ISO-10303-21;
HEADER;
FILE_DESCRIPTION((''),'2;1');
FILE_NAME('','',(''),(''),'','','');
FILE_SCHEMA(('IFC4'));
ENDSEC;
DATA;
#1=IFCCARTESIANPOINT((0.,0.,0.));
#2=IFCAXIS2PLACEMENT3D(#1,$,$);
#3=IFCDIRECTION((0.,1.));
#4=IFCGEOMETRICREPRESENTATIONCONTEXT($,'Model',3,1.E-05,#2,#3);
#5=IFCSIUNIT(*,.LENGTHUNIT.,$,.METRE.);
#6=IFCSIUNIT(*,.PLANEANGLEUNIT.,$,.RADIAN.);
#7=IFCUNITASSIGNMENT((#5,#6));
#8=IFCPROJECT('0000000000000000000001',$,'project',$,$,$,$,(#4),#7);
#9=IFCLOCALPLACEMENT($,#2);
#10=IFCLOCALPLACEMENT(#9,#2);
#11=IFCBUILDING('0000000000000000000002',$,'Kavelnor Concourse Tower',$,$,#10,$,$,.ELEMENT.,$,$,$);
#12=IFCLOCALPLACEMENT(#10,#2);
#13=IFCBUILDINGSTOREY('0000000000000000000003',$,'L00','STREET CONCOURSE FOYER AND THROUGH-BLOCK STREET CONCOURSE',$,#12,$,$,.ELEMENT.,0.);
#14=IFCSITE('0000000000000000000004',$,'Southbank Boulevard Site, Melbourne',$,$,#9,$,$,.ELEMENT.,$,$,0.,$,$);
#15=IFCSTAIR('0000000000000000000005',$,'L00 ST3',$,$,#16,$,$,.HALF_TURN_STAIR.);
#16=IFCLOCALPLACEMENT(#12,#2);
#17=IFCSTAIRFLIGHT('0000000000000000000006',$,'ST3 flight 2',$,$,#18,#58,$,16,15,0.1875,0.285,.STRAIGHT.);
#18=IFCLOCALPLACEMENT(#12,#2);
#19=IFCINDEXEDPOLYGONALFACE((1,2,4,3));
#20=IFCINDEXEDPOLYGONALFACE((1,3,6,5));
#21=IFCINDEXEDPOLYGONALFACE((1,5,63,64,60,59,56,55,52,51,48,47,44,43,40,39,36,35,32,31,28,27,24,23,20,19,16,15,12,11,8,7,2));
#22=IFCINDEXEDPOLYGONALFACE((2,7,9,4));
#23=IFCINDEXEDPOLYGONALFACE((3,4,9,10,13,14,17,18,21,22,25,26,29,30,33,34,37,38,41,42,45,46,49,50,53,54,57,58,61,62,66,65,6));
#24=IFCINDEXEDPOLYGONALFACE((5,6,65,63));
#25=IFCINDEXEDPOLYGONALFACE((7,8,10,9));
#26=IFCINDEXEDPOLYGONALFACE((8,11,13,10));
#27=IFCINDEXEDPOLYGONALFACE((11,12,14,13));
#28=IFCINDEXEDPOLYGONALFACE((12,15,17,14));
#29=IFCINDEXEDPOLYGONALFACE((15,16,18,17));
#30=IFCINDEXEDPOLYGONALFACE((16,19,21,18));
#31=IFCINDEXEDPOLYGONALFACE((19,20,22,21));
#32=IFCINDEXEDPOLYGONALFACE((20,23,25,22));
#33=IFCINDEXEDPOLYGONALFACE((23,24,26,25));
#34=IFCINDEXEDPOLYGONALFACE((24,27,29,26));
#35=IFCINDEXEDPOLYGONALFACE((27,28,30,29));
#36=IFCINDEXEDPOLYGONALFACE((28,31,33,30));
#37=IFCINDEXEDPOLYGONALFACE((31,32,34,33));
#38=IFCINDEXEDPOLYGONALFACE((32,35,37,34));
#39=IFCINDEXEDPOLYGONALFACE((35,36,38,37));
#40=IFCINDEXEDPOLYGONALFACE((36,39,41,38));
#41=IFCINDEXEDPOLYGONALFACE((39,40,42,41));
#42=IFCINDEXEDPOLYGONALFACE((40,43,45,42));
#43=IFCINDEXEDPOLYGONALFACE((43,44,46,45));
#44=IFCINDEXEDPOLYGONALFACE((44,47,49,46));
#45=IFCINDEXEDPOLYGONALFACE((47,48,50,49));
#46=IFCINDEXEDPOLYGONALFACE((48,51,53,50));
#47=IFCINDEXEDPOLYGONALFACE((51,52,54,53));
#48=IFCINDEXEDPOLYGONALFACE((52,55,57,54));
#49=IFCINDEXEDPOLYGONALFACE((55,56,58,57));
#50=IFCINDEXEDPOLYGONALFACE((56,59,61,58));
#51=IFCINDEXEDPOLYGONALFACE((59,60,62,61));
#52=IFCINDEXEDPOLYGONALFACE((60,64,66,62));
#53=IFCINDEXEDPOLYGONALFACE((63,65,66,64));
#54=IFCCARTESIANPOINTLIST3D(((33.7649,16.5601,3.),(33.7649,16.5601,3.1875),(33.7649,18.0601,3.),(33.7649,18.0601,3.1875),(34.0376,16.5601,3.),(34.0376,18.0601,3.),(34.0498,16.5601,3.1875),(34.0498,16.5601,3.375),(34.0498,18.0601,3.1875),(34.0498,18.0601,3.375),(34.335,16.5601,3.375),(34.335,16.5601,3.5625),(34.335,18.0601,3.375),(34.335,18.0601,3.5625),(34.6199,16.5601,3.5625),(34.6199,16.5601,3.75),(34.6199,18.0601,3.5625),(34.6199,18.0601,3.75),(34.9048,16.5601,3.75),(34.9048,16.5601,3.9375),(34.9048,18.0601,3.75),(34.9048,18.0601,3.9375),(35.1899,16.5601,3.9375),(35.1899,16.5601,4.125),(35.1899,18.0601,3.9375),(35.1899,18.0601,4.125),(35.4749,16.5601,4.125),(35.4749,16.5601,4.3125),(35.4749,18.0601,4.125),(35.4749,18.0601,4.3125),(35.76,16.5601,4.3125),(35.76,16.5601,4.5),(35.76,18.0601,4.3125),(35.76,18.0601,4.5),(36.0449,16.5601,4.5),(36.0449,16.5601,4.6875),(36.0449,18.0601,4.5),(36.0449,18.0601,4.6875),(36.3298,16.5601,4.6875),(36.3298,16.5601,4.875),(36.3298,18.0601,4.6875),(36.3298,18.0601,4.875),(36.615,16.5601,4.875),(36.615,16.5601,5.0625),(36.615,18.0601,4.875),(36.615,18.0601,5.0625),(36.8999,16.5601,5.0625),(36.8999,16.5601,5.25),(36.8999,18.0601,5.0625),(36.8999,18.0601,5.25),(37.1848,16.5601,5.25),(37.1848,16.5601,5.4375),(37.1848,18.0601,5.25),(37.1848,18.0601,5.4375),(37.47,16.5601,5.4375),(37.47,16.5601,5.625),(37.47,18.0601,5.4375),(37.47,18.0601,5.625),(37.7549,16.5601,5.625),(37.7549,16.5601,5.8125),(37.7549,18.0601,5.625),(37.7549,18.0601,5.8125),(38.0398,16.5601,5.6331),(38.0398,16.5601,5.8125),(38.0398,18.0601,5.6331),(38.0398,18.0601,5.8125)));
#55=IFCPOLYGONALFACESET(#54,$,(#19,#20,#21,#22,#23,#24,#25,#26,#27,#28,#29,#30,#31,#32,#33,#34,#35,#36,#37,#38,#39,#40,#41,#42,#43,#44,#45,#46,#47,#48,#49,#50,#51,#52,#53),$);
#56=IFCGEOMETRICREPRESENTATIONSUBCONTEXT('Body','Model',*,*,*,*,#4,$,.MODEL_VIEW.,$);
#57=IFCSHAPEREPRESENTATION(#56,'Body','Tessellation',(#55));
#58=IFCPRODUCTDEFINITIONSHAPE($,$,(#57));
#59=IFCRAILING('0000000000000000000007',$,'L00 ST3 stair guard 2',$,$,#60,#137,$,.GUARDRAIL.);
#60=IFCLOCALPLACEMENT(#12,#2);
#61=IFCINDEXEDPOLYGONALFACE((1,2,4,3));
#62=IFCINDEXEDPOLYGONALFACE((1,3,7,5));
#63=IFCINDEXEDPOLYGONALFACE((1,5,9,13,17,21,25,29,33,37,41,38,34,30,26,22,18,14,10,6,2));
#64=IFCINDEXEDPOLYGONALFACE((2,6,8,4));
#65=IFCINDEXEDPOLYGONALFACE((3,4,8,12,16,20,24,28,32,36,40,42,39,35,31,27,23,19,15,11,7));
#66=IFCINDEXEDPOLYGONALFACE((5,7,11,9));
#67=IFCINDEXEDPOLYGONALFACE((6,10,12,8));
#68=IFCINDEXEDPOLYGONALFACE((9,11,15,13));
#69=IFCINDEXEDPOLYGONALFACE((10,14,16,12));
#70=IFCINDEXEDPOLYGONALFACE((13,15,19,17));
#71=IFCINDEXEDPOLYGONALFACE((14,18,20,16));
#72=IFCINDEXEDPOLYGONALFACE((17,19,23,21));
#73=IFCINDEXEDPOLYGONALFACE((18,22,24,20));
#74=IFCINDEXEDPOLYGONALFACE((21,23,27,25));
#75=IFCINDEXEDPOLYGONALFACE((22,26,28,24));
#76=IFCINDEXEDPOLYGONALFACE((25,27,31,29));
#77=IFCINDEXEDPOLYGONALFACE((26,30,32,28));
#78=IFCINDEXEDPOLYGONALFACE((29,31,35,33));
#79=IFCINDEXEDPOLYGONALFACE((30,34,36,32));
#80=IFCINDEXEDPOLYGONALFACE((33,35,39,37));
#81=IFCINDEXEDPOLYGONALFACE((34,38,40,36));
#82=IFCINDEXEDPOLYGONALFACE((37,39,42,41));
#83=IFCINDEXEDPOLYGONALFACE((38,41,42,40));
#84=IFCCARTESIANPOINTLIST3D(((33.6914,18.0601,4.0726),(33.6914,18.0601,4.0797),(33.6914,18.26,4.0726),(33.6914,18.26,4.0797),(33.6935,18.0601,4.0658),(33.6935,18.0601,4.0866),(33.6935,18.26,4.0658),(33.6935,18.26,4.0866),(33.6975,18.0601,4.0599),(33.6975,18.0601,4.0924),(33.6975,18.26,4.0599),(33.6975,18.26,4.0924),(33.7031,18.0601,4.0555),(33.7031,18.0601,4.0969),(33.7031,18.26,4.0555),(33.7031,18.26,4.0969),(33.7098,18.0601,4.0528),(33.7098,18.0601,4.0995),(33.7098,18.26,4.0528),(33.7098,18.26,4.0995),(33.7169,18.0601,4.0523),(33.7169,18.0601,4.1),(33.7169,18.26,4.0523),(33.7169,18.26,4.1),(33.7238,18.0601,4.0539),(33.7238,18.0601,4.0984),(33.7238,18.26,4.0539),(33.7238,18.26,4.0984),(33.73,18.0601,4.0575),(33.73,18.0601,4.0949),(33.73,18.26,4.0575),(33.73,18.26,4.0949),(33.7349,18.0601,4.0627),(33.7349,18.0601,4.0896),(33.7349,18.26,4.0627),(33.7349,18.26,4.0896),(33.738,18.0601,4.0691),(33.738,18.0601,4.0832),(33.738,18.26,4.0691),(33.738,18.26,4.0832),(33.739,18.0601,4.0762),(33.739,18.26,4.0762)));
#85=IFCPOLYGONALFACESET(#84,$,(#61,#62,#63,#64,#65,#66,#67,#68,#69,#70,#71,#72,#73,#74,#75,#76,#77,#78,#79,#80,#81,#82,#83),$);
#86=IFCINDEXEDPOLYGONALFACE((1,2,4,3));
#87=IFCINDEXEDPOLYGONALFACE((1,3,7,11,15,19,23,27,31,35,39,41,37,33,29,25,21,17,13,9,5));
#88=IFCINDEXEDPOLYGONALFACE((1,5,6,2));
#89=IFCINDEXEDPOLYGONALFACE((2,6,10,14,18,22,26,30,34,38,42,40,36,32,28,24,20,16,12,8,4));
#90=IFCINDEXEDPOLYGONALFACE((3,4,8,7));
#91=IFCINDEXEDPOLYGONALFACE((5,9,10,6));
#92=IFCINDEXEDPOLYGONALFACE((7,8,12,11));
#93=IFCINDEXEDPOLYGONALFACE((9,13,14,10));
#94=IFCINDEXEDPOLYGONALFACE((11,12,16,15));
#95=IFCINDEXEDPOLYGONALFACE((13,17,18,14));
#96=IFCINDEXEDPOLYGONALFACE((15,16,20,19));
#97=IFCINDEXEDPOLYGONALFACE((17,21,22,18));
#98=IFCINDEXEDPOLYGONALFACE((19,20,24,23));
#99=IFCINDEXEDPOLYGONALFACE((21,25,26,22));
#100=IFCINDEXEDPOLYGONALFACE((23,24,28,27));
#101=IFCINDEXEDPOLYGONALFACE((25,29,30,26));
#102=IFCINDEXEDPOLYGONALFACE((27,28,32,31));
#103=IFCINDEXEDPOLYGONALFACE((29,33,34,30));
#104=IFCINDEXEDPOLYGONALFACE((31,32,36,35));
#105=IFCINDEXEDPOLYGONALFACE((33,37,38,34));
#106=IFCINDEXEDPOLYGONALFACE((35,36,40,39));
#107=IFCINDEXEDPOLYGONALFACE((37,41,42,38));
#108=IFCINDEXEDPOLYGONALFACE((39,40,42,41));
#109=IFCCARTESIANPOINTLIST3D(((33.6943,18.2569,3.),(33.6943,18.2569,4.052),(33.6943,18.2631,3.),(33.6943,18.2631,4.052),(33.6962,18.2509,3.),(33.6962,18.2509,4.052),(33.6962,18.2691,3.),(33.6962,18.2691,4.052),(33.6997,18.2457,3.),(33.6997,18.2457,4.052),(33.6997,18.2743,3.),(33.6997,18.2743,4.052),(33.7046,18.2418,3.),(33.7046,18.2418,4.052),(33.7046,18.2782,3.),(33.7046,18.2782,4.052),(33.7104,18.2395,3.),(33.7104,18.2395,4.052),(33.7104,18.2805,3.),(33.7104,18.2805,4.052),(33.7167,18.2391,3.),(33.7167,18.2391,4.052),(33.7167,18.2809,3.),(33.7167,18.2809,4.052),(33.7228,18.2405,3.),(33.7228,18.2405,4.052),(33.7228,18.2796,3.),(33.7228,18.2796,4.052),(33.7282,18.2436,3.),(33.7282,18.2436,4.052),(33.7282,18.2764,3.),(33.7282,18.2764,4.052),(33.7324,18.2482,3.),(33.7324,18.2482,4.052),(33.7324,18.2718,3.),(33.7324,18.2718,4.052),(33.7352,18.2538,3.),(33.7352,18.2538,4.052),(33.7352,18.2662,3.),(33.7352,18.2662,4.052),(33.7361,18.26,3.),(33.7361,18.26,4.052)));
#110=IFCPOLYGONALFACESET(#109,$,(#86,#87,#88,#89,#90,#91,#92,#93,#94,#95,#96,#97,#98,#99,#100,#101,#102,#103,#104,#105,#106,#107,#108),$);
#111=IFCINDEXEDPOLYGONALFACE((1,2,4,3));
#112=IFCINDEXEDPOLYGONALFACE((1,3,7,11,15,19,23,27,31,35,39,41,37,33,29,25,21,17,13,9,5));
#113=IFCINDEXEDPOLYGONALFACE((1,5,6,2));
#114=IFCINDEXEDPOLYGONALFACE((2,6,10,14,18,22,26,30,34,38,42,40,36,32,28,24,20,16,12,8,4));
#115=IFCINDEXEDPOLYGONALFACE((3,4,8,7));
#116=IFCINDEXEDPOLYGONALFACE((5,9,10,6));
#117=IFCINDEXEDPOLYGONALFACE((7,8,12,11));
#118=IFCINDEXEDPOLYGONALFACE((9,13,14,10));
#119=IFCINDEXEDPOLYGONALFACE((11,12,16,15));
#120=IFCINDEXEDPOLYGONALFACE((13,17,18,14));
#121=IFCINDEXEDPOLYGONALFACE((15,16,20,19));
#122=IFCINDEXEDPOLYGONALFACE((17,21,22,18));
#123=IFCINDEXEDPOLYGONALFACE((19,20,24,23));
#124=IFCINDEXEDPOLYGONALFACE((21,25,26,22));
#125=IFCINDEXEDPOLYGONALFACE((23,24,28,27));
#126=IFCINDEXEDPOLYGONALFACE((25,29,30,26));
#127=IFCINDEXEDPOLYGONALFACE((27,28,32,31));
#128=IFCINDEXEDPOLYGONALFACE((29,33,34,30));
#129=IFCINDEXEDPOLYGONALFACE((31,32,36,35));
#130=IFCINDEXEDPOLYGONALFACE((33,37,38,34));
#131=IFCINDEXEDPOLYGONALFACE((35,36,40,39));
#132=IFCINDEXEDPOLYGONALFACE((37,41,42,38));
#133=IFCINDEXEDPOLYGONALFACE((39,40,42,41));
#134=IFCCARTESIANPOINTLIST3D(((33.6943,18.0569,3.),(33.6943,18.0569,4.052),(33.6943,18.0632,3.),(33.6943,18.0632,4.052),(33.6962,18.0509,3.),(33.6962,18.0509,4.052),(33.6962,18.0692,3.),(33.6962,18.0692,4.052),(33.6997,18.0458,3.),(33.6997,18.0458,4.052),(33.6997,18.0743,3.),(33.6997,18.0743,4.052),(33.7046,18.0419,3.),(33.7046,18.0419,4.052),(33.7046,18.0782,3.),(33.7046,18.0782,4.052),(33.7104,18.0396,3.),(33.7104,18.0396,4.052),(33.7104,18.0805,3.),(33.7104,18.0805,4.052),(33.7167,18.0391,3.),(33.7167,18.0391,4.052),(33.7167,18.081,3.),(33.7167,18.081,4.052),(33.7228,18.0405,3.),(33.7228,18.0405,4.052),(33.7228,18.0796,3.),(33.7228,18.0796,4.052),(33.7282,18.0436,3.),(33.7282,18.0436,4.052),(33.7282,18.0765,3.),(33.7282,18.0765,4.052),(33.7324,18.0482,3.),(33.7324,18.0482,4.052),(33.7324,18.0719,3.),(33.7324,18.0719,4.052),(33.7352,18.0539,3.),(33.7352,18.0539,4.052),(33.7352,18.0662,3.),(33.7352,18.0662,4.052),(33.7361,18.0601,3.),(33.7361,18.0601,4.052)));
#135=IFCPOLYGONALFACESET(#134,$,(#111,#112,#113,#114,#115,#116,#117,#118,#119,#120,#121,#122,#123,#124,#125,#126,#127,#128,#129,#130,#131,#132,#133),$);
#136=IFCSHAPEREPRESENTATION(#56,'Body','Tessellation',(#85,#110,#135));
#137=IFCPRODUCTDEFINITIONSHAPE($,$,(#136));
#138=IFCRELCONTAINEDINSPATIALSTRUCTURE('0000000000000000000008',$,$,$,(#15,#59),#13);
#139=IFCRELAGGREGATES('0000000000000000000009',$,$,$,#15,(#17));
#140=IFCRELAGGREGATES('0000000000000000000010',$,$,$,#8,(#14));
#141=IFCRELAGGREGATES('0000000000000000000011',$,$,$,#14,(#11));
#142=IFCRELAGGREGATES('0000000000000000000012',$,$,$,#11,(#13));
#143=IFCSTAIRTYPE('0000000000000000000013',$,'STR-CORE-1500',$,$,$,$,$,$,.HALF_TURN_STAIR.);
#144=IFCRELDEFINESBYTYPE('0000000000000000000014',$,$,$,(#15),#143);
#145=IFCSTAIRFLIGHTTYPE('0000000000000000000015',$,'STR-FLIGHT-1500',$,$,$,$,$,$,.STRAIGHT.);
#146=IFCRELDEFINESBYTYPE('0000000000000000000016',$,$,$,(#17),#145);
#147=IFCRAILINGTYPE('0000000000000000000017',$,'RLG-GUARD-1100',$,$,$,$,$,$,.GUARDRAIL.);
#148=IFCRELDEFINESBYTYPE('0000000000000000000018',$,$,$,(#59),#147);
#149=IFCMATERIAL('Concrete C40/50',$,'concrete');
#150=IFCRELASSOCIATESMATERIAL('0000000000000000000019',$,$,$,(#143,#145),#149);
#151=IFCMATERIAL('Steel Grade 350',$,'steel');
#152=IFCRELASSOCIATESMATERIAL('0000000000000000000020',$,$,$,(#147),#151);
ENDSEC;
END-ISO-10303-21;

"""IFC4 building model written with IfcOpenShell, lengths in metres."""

from ifc_helpers import new_model, si_unit, direction, frame, origin, origin_2d, place, context, subcontext, project, spatial, polyline, circle, outline, extrude, material, type_object, element, aggregate, save


model = new_model("IFC4")

# Units and contexts
model_context = context("Model", 3, precision=1e-05, world=origin(), true_north=direction((0.0, 1.0)))
body_context = subcontext(model_context, "Body", "Model", "MODEL_VIEW")
ifc_project = project(units=[si_unit("LENGTHUNIT", "METRE"), si_unit("PLANEANGLEUNIT", "RADIAN")], contexts=[model_context])

# Site, building, storey
site_placement = place(None, origin())
site = spatial("IfcSite", under=ifc_project, at=site_placement, Name="Southbank Boulevard Site, Melbourne", CompositionType="ELEMENT", RefElevation=0.0)
building_placement = place(site_placement, origin())
building = spatial("IfcBuilding", under=site, at=building_placement, Name="Kavelnor Concourse Tower", CompositionType="ELEMENT")
storey_placement = place(building_placement, origin())
storey = spatial("IfcBuildingStorey", under=building, at=storey_placement, Name="L00", Description="STREET CONCOURSE FOYER AND THROUGH-BLOCK STREET CONCOURSE", CompositionType="ELEMENT", Elevation=0.0)

# Shared definitions
ifc_material_1 = material(Name="Steel Grade 350", Category="steel")

# Stair, stair flight
ifc_material_2 = material(Name="Concrete C40/50", Category="concrete")
stair_type = type_object("IfcStairType", Name="STR-CORE-1500", PredefinedType="HALF_TURN_STAIR", material=ifc_material_2)
stair_placement = place(storey_placement, origin())
stair = element("IfcStair", 1, at=stair_placement, inside=storey, type_object=stair_type, Name="L00 ST3", PredefinedType="HALF_TURN_STAIR")
stair_flight_type = type_object("IfcStairFlightType", Name="STR-FLIGHT-1500", PredefinedType="STRAIGHT", material=ifc_material_2)
stair_flight_placement = place(storey_placement, frame((33.7649, 17.3101, 3.0), z_axis=(0.0, 0.0, 1.0), x_axis=(1.0, 0.0, 0.0)))
stair_flight = element("IfcStairFlight", 2, at=stair_flight_placement, type_object=stair_flight_type, Name="ST3 flight 2", NumberOfRisers=16, NumberOfTreads=15, PredefinedType="STRAIGHT", RiserHeight=0.1875, TreadLength=0.285, context=body_context, shape_type="SweptSolid", body=[
    extrude(outline(polyline([(0.0, 0.0), (0.0, 0.1875), (0.2849, 0.1875), (0.2849, 0.375), (0.5701, 0.375), (0.5701, 0.5625), (0.855, 0.5625), (0.855, 0.75), (1.1399, 0.75), (1.1399, 0.9375), (1.425, 0.9375), (1.425, 1.125), (1.71, 1.125), (1.71, 1.3125), (1.9951, 1.3125), (1.9951, 1.5), (2.28, 1.5), (2.28, 1.6875), (2.5649, 1.6875), (2.5649, 1.875), (2.8501, 1.875), (2.8501, 2.0625), (3.135, 2.0625), (3.135, 2.25), (3.4199, 2.25), (3.4199, 2.4375), (3.7051, 2.4375), (3.7051, 2.625), (3.99, 2.625), (3.99, 2.8125), (4.2749, 2.8125), (4.2749, 3.0), (4.2749, 2.6331), (0.2727, 0.0), (0.0, 0.0)])), frame((0.0, 0.75, 0.0), z_axis=(0.0, -1.0, 0.0), x_axis=(1.0, 0.0, 0.0)), (0.0, 0.0, 1.0), 1.5),
])
aggregate(stair, [stair_flight])

# Railing
railing_type = type_object("IfcRailingType", Name="RLG-GUARD-1100", PredefinedType="GUARDRAIL", material=ifc_material_1)
railing_1_placement = place(storey_placement, frame((33.7151, 18.26, 3.0)))
element("IfcRailing", 3, at=railing_1_placement, inside=storey, type_object=railing_type, Name="L00 ST3 stair guard 2", PredefinedType="GUARDRAIL", context=body_context, shape_type="SweptSolid", body=[
    extrude(circle(Radius=0.0239, at=origin_2d()), frame((0.0, 0.0, 1.0762), z_axis=(0.0, -1.0, 0.0), x_axis=(1.0, 0.0, 0.0)), (0.0, 0.0, 1.0), 0.2),
    extrude(circle(Radius=0.021, at=origin_2d()), origin(), (0.0, 0.0, 1.0), 1.052),
    extrude(circle(Radius=0.021, at=origin_2d()), frame((0.0, -0.2, 0.0)), (0.0, 0.0, 1.0), 1.052),
])

save(model, "model.ifc")
